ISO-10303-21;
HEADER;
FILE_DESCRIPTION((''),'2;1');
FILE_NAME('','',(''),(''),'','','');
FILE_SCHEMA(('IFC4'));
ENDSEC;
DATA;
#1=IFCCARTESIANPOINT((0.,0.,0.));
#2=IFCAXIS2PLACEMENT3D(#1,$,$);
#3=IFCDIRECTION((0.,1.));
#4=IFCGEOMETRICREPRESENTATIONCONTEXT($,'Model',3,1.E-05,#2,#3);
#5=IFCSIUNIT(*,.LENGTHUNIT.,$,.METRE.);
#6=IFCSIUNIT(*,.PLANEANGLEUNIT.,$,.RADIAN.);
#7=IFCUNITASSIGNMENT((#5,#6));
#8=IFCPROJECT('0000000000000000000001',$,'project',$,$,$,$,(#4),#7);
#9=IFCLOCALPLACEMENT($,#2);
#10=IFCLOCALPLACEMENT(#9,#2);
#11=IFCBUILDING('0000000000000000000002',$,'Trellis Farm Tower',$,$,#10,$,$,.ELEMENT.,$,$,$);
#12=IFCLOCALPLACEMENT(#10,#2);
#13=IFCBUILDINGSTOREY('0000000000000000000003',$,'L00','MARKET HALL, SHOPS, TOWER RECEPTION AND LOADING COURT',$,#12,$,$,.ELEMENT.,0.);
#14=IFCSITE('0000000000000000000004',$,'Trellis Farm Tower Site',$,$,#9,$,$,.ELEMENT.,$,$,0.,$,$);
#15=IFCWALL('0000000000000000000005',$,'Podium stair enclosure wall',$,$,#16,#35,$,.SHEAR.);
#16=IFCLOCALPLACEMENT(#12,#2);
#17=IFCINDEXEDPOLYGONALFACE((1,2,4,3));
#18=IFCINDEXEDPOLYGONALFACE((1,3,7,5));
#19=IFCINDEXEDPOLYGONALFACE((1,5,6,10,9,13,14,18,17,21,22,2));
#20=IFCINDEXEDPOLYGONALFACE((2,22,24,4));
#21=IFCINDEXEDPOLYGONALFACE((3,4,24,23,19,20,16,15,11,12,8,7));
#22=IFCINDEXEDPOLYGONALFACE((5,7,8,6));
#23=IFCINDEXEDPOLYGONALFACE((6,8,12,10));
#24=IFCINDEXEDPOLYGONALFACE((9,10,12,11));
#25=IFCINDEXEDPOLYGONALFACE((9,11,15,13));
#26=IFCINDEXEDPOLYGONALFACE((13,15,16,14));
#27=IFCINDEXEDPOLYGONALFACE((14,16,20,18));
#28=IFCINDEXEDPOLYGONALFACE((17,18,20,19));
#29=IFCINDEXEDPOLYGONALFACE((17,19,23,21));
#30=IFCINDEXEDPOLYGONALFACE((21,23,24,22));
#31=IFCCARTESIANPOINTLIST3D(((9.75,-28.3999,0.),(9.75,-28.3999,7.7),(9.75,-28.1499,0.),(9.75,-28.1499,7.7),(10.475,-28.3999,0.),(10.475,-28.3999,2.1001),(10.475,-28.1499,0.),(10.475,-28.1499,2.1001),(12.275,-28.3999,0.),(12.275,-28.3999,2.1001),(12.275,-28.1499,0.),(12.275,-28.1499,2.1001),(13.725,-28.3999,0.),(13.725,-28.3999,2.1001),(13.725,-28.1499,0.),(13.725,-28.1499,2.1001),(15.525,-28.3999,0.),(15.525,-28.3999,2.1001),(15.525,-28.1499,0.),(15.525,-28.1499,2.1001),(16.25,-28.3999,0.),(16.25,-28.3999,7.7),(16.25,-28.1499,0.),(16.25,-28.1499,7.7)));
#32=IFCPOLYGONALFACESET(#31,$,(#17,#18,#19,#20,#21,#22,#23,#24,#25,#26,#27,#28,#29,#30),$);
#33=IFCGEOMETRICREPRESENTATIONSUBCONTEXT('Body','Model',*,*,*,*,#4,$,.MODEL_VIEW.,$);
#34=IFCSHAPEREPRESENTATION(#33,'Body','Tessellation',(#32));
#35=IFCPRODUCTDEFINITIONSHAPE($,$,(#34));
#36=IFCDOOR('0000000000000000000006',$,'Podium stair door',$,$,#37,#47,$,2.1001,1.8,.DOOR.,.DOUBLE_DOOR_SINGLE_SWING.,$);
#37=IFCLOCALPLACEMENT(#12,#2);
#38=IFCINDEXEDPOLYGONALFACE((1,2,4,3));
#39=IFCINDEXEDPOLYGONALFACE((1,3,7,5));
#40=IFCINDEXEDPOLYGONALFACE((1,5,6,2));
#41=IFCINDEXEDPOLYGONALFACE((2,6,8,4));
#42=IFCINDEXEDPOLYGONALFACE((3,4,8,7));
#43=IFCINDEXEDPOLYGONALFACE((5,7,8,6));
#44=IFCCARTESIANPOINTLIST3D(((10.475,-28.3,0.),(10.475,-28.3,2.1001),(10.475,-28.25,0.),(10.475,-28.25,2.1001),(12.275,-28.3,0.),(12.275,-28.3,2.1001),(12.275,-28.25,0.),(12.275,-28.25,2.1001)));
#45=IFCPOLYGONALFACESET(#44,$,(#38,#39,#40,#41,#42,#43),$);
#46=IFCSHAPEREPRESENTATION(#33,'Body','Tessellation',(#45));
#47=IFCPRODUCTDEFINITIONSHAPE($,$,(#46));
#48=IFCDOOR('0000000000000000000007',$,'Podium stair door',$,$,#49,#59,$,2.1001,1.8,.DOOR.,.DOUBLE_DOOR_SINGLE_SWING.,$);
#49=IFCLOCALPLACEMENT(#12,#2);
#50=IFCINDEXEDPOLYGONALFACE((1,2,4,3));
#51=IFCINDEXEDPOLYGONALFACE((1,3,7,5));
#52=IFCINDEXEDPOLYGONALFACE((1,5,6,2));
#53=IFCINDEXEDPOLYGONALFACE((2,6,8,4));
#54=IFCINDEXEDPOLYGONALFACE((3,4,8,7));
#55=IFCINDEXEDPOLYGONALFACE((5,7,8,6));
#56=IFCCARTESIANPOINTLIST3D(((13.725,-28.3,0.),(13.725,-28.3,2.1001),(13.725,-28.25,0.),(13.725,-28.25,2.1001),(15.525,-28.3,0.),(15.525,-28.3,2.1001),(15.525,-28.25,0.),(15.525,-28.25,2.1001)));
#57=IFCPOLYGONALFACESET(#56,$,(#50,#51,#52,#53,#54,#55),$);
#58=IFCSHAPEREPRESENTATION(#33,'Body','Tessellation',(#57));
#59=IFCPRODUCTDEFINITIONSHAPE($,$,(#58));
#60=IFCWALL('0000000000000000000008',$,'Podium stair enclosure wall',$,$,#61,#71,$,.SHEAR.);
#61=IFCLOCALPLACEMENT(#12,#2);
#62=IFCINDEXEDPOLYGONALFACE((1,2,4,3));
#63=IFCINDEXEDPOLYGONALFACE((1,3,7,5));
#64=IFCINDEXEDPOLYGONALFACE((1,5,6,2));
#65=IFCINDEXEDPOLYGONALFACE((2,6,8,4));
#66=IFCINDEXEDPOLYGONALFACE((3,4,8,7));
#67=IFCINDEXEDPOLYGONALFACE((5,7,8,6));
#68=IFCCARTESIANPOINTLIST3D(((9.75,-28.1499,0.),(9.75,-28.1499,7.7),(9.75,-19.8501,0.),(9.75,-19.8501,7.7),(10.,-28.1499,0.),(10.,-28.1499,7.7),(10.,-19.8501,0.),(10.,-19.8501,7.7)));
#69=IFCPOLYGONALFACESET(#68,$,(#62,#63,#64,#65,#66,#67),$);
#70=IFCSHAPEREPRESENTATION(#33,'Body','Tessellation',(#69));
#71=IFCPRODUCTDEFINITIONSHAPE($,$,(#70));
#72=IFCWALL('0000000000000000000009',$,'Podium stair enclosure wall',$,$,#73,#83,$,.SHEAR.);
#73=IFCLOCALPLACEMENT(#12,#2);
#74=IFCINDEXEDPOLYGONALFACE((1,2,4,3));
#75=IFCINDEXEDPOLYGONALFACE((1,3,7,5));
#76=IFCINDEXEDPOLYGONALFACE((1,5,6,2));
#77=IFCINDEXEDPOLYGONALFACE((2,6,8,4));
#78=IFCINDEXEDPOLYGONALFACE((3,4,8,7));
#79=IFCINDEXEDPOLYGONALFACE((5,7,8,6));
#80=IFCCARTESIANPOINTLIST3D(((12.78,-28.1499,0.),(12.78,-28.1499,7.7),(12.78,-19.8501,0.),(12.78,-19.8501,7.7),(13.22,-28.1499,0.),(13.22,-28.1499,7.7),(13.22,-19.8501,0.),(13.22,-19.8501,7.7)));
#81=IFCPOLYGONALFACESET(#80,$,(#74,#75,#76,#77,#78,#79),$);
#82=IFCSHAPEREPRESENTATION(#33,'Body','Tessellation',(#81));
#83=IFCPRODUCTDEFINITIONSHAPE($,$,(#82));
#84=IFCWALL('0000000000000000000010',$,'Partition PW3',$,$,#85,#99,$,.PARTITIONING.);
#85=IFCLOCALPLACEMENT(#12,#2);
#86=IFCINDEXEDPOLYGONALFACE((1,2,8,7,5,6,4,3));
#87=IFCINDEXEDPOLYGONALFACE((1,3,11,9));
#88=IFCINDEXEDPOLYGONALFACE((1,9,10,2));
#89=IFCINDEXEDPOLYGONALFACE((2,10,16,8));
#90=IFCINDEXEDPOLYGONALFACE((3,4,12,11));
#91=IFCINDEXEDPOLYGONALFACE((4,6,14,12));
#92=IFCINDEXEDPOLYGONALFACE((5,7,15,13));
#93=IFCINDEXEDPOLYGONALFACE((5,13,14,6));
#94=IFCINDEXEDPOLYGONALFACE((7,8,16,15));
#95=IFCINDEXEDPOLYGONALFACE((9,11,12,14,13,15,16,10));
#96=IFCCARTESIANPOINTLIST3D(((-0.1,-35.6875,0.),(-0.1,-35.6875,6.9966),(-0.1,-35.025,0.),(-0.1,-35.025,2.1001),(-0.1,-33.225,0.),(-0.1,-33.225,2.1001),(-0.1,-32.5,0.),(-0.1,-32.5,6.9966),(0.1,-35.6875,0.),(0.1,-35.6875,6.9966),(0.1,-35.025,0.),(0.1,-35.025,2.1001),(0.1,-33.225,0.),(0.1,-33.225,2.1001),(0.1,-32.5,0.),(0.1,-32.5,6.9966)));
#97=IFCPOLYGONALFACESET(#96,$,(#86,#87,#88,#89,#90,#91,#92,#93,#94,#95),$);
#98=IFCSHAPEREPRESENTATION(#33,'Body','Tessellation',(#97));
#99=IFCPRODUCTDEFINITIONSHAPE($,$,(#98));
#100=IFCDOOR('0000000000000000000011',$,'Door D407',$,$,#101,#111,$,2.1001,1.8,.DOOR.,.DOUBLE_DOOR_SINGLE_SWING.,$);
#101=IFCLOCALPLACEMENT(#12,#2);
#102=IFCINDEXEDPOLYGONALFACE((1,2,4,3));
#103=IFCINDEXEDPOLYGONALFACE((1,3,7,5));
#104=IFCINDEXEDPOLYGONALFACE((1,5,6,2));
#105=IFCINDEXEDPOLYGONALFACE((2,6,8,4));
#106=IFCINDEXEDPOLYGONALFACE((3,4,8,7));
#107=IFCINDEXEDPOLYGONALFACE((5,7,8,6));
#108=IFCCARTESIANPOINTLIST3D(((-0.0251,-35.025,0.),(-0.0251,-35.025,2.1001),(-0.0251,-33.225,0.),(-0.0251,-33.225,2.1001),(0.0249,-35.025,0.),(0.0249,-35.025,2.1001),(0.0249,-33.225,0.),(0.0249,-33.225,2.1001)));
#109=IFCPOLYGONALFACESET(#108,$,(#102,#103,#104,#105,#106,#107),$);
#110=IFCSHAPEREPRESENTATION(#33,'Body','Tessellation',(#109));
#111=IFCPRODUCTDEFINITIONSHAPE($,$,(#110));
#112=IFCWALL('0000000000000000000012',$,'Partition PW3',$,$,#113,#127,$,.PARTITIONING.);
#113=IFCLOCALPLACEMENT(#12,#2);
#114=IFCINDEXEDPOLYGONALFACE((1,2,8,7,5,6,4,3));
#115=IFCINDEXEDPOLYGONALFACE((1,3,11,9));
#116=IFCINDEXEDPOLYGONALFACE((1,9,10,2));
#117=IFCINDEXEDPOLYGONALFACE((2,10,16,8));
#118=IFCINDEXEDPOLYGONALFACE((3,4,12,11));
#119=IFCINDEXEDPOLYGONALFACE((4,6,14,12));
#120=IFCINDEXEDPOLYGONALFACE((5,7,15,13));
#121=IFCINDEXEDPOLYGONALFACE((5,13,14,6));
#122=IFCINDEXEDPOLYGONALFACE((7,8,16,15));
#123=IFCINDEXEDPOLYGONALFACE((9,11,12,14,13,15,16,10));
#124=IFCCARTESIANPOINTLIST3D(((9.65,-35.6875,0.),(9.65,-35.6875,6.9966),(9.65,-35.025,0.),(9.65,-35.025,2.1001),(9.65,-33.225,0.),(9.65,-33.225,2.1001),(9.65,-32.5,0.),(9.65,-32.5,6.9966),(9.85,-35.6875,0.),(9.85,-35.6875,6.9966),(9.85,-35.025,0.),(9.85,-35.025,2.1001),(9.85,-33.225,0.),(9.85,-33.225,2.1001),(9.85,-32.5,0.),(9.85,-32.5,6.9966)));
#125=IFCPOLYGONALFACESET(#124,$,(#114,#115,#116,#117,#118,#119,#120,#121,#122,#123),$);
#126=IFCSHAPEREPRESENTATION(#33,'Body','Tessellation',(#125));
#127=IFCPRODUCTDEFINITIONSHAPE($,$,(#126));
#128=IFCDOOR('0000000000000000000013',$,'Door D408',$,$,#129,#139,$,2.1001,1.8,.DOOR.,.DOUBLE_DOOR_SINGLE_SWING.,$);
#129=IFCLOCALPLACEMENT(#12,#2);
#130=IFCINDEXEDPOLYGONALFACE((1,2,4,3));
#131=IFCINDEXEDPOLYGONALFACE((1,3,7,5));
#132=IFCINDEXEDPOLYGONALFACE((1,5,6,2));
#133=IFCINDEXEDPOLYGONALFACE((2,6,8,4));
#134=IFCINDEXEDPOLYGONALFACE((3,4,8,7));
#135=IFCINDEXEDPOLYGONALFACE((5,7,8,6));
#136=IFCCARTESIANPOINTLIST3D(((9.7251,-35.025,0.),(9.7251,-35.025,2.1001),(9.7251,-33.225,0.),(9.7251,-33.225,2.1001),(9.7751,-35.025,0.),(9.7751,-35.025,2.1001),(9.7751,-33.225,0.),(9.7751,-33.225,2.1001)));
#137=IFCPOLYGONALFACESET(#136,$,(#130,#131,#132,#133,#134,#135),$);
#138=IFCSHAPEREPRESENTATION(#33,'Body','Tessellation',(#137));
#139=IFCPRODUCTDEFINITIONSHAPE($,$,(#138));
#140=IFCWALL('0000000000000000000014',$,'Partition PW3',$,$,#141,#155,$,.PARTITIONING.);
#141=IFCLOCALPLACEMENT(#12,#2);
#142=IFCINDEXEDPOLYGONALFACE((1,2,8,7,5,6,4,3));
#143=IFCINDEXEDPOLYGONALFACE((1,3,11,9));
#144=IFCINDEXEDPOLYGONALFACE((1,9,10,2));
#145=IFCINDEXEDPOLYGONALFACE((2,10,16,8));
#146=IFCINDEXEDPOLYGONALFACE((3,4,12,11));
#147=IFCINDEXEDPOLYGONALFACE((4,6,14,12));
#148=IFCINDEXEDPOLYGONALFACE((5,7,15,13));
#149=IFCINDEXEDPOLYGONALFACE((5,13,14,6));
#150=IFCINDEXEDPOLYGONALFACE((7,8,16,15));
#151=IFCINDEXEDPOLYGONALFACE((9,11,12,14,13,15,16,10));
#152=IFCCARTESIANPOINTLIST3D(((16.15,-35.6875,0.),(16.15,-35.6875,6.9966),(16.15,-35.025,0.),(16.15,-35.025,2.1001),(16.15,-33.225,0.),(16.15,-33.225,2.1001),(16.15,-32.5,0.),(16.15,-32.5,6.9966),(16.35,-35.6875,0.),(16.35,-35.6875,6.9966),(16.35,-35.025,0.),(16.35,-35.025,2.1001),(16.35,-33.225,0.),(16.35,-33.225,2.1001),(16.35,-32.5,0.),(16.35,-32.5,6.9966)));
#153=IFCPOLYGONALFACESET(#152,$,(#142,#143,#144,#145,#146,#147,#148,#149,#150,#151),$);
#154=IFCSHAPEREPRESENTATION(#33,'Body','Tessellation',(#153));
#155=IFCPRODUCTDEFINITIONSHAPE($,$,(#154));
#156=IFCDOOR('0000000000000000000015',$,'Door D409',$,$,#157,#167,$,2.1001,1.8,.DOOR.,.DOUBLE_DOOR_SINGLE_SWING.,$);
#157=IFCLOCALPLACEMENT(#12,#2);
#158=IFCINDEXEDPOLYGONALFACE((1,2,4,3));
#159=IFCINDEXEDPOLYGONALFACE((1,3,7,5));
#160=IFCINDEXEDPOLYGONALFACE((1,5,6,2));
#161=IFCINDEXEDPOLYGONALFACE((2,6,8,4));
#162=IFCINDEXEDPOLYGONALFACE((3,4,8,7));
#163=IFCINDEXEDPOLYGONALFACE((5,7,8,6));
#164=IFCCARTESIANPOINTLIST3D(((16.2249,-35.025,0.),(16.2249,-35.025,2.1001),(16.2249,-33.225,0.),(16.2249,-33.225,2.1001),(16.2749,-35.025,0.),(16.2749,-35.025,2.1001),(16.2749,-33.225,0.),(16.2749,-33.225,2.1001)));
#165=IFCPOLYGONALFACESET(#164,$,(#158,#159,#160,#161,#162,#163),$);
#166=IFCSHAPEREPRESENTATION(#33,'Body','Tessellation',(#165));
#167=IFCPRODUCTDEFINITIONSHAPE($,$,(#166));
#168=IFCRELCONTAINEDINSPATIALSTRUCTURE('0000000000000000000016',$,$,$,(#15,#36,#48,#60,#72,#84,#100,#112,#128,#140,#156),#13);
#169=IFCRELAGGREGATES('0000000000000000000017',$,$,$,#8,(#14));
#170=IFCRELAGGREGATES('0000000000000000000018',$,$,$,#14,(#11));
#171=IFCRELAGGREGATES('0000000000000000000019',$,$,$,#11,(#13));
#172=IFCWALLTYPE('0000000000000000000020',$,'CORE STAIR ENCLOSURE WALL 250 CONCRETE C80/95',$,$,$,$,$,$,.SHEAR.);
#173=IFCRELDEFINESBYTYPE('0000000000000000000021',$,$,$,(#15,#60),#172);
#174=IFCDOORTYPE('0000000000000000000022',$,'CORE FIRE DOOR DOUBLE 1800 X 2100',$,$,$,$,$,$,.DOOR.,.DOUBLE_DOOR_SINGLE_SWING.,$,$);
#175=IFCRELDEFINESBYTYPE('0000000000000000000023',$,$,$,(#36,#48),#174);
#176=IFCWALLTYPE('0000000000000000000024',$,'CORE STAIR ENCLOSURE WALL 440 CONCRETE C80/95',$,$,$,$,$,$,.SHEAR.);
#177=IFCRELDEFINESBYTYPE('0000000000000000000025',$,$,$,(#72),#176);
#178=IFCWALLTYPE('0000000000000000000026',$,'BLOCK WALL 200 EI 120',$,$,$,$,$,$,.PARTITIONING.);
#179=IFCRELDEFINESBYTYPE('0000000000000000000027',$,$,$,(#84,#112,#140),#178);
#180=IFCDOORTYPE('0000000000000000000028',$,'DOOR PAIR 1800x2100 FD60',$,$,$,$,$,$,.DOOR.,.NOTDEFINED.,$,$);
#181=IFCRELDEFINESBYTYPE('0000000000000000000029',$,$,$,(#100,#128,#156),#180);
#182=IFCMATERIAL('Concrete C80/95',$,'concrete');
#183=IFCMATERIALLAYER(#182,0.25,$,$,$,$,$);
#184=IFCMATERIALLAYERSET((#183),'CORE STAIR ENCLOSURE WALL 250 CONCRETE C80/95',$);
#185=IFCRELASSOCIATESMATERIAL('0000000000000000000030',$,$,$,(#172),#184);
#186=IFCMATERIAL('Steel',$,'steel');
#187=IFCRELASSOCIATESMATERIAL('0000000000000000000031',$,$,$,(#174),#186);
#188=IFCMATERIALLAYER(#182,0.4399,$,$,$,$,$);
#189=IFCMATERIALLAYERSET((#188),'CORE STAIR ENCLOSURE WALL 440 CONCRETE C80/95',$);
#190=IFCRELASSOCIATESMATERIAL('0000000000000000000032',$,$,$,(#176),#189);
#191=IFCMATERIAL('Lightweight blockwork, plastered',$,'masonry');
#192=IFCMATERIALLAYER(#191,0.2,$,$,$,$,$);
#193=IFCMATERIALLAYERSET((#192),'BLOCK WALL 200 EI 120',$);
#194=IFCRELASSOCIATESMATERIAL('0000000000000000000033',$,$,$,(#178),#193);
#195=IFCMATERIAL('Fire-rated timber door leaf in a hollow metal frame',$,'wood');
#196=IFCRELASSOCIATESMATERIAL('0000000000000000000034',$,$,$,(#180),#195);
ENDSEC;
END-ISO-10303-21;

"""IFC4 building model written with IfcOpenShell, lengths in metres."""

from ifc_helpers import new_model, si_unit, direction, frame, frame_2d, origin, place, context, subcontext, project, spatial, rectangle, extrude, source, transform, mapped, material, layer, layer_set, type_object, element, fill, save


model = new_model("IFC4")

# Units and contexts
model_context = context("Model", 3, precision=1e-05, world=origin(), true_north=direction((0.0, 1.0)))
body_context = subcontext(model_context, "Body", "Model", "MODEL_VIEW")
ifc_project = project(units=[si_unit("LENGTHUNIT", "METRE"), si_unit("PLANEANGLEUNIT", "RADIAN")], contexts=[model_context])

# Site, building, storey
site_placement = place(None, origin())
site = spatial("IfcSite", under=ifc_project, at=site_placement, Name="Trellis Farm Tower Site", CompositionType="ELEMENT", RefElevation=0.0)
building_placement = place(site_placement, origin())
building = spatial("IfcBuilding", under=site, at=building_placement, Name="Trellis Farm Tower", CompositionType="ELEMENT")
storey_placement = place(building_placement, origin())
storey = spatial("IfcBuildingStorey", under=building, at=storey_placement, Name="L00", Description="MARKET HALL, SHOPS, TOWER RECEPTION AND LOADING COURT", CompositionType="ELEMENT", Elevation=0.0)

# Shared definitions
ifc_material_1 = material(Name="Concrete C80/95", Category="concrete")

# Shared definitions
ifc_material_2 = material(Name="Fire-rated timber door leaf in a hollow metal frame", Category="wood")

# Wall, openings, doors
ifc_layer_1 = layer(ifc_material_1, 0.25)
ifc_layer_set_1 = layer_set([ifc_layer_1], Name="CORE STAIR ENCLOSURE WALL 250 CONCRETE C80/95")
wall_type_1 = type_object("IfcWallType", Name="CORE STAIR ENCLOSURE WALL 250 CONCRETE C80/95", PredefinedType="SHEAR", material=ifc_layer_set_1)
shared_shape_1 = source(origin(), body_context, "Body", "SweptSolid", [
    extrude(rectangle(XDim=6.5, YDim=0.25, at=frame_2d((3.25, 0.0))), origin(), (0.0, 0.0, 1.0), 7.7),
])
wall_1_placement = place(storey_placement, frame((9.75, -28.2749, 0.0), z_axis=(0.0, 0.0, 1.0), x_axis=(1.0, 0.0, 0.0)))
wall_1 = element("IfcWall", 1, at=wall_1_placement, inside=storey, type_object=wall_type_1, Name="Podium stair enclosure wall", PredefinedType="SHEAR", context=body_context, shape_type="MappedRepresentation", body=[
    mapped(shared_shape_1, transform((0.0, 0.0, 0.0))),
])
shared_shape_2 = source(origin(), body_context, "Body", "SweptSolid", [
    extrude(rectangle(XDim=1.8, YDim=2.1001, at=frame_2d((0.8999, 1.05))), frame((0.0, 0.135, 0.0), z_axis=(0.0, -1.0, 0.0), x_axis=(1.0, 0.0, 0.0)), (0.0, 0.0, 1.0), 0.27),
])
opening_1_placement = place(wall_1_placement, frame((0.7251, 0.0, 0.0)))
opening_1 = element("IfcOpeningElement", 2, at=opening_1_placement, cuts=wall_1, PredefinedType="OPENING", context=body_context, shape_type="MappedRepresentation", body=[
    mapped(shared_shape_2, transform((0.0, 0.0, 0.0))),
])
opening_2_placement = place(wall_1_placement, frame((3.9751, 0.0, 0.0)))
opening_2 = element("IfcOpeningElement", 3, at=opening_2_placement, cuts=wall_1, PredefinedType="OPENING", context=body_context, shape_type="MappedRepresentation", body=[
    mapped(shared_shape_2, transform((0.0, 0.0, 0.0))),
])
ifc_material_3 = material(Name="Steel", Category="steel")
door_type_1 = type_object("IfcDoorType", Name="CORE FIRE DOOR DOUBLE 1800 X 2100", OperationType="DOUBLE_DOOR_SINGLE_SWING", PredefinedType="DOOR", material=ifc_material_3)
shared_shape_3 = source(origin(), body_context, "Body", "SweptSolid", [
    extrude(rectangle(XDim=1.8, YDim=2.1001, at=frame_2d((0.8999, 1.05))), frame((0.0, 0.0249, 0.0), z_axis=(0.0, -1.0, 0.0), x_axis=(1.0, 0.0, 0.0)), (0.0, 0.0, 1.0), 0.05),
])
door_1_placement = place(opening_1_placement, origin())
door_1 = element("IfcDoor", 4, at=door_1_placement, inside=storey, type_object=door_type_1, Name="Podium stair door", OperationType="DOUBLE_DOOR_SINGLE_SWING", OverallHeight=2.1001, OverallWidth=1.8, PredefinedType="DOOR", context=body_context, shape_type="MappedRepresentation", body=[
    mapped(shared_shape_3, transform((0.0, 0.0, 0.0))),
])
fill(opening_1, door_1)
door_2_placement = place(opening_2_placement, origin())
door_2 = element("IfcDoor", 5, at=door_2_placement, inside=storey, type_object=door_type_1, Name="Podium stair door", OperationType="DOUBLE_DOOR_SINGLE_SWING", OverallHeight=2.1001, OverallWidth=1.8, PredefinedType="DOOR", context=body_context, shape_type="MappedRepresentation", body=[
    mapped(shared_shape_3, transform((0.0, 0.0, 0.0))),
])
fill(opening_2, door_2)

# Walls
shared_shape_4 = source(origin(), body_context, "Body", "SweptSolid", [
    extrude(rectangle(XDim=8.2998, YDim=0.25, at=frame_2d((4.1499, 0.0))), origin(), (0.0, 0.0, 1.0), 7.7),
])
wall_2_placement = place(storey_placement, frame((9.875, -28.1499, 0.0), z_axis=(0.0, 0.0, 1.0), x_axis=(0.0, 1.0, 0.0)))
element("IfcWall", 6, at=wall_2_placement, inside=storey, type_object=wall_type_1, Name="Podium stair enclosure wall", PredefinedType="SHEAR", context=body_context, shape_type="MappedRepresentation", body=[
    mapped(shared_shape_4, transform((0.0, 0.0, 0.0))),
])
ifc_layer_2 = layer(ifc_material_1, 0.4399)
ifc_layer_set_2 = layer_set([ifc_layer_2], Name="CORE STAIR ENCLOSURE WALL 440 CONCRETE C80/95")
wall_type_2 = type_object("IfcWallType", Name="CORE STAIR ENCLOSURE WALL 440 CONCRETE C80/95", PredefinedType="SHEAR", material=ifc_layer_set_2)
shared_shape_5 = source(origin(), body_context, "Body", "SweptSolid", [
    extrude(rectangle(XDim=8.2998, YDim=0.4399, at=frame_2d((4.1499, 0.0))), origin(), (0.0, 0.0, 1.0), 7.7),
])
wall_3_placement = place(storey_placement, frame((13.0, -28.1499, 0.0), z_axis=(0.0, 0.0, 1.0), x_axis=(0.0, 1.0, 0.0)))
element("IfcWall", 7, at=wall_3_placement, inside=storey, type_object=wall_type_2, Name="Podium stair enclosure wall", PredefinedType="SHEAR", context=body_context, shape_type="MappedRepresentation", body=[
    mapped(shared_shape_5, transform((0.0, 0.0, 0.0))),
])

# Walls, openings, doors
ifc_material_4 = material(Name="Lightweight blockwork, plastered", Category="masonry")
ifc_layer_3 = layer(ifc_material_4, 0.2)
ifc_layer_set_3 = layer_set([ifc_layer_3], Name="BLOCK WALL 200 EI 120")
wall_type_3 = type_object("IfcWallType", Name="BLOCK WALL 200 EI 120", PredefinedType="PARTITIONING", material=ifc_layer_set_3)
shared_shape_6 = source(origin(), body_context, "Body", "SweptSolid", [
    extrude(rectangle(XDim=3.1875, YDim=0.2, at=frame_2d((1.5938, 0.0))), origin(), (0.0, 0.0, 1.0), 6.9966),
])
wall_4_placement = place(storey_placement, frame((0.0, -32.5, 0.0), z_axis=(0.0, 0.0, 1.0), x_axis=(0.0, -1.0, 0.0)))
wall_4 = element("IfcWall", 8, at=wall_4_placement, inside=storey, type_object=wall_type_3, Name="Partition PW3", PredefinedType="PARTITIONING", context=body_context, shape_type="MappedRepresentation", body=[
    mapped(shared_shape_6, transform((0.0, 0.0, 0.0))),
])
shared_shape_7 = source(origin(), body_context, "Body", "SweptSolid", [
    extrude(rectangle(XDim=1.8, YDim=2.1001, at=frame_2d((0.8999, 1.05))), frame((0.0, 0.1101, 0.0), z_axis=(0.0, -1.0, 0.0), x_axis=(1.0, 0.0, 0.0)), (0.0, 0.0, 1.0), 0.2202),
])
opening_3_placement = place(wall_4_placement, frame((0.7251, 0.0, 0.0)))
opening_3 = element("IfcOpeningElement", 9, at=opening_3_placement, cuts=wall_4, PredefinedType="OPENING", context=body_context, shape_type="MappedRepresentation", body=[
    mapped(shared_shape_7, transform((0.0, 0.0, 0.0))),
])
door_type_2 = type_object("IfcDoorType", Name="DOOR PAIR 1800x2100 FD60", OperationType="NOTDEFINED", PredefinedType="DOOR", material=ifc_material_2)
door_3_placement = place(opening_3_placement, origin())
door_3 = element("IfcDoor", 10, at=door_3_placement, inside=storey, type_object=door_type_2, Name="Door D407", OperationType="DOUBLE_DOOR_SINGLE_SWING", OverallHeight=2.1001, OverallWidth=1.8, PredefinedType="DOOR", context=body_context, shape_type="MappedRepresentation", body=[
    mapped(shared_shape_3, transform((0.0, 0.0, 0.0))),
])
fill(opening_3, door_3)
wall_5_placement = place(storey_placement, frame((9.75, -35.6875, 0.0), z_axis=(0.0, 0.0, 1.0), x_axis=(0.0, 1.0, 0.0)))
wall_5 = element("IfcWall", 11, at=wall_5_placement, inside=storey, type_object=wall_type_3, Name="Partition PW3", PredefinedType="PARTITIONING", context=body_context, shape_type="MappedRepresentation", body=[
    mapped(shared_shape_6, transform((0.0, 0.0, 0.0))),
])
opening_4_placement = place(wall_5_placement, frame((0.6626, 0.0, 0.0)))
opening_4 = element("IfcOpeningElement", 12, at=opening_4_placement, cuts=wall_5, PredefinedType="OPENING", context=body_context, shape_type="MappedRepresentation", body=[
    mapped(shared_shape_7, transform((0.0, 0.0, 0.0))),
])
door_4_placement = place(opening_4_placement, origin())
door_4 = element("IfcDoor", 13, at=door_4_placement, inside=storey, type_object=door_type_2, Name="Door D408", OperationType="DOUBLE_DOOR_SINGLE_SWING", OverallHeight=2.1001, OverallWidth=1.8, PredefinedType="DOOR", context=body_context, shape_type="MappedRepresentation", body=[
    mapped(shared_shape_3, transform((0.0, 0.0, 0.0))),
])
fill(opening_4, door_4)
wall_6_placement = place(storey_placement, frame((16.25, -32.5, 0.0), z_axis=(0.0, 0.0, 1.0), x_axis=(0.0, -1.0, 0.0)))
wall_6 = element("IfcWall", 14, at=wall_6_placement, inside=storey, type_object=wall_type_3, Name="Partition PW3", PredefinedType="PARTITIONING", context=body_context, shape_type="MappedRepresentation", body=[
    mapped(shared_shape_6, transform((0.0, 0.0, 0.0))),
])
opening_5_placement = place(wall_6_placement, frame((0.7251, 0.0, 0.0)))
opening_5 = element("IfcOpeningElement", 15, at=opening_5_placement, cuts=wall_6, PredefinedType="OPENING", context=body_context, shape_type="MappedRepresentation", body=[
    mapped(shared_shape_7, transform((0.0, 0.0, 0.0))),
])
door_5_placement = place(opening_5_placement, origin())
door_5 = element("IfcDoor", 16, at=door_5_placement, inside=storey, type_object=door_type_2, Name="Door D409", OperationType="DOUBLE_DOOR_SINGLE_SWING", OverallHeight=2.1001, OverallWidth=1.8, PredefinedType="DOOR", context=body_context, shape_type="MappedRepresentation", body=[
    mapped(shared_shape_3, transform((0.0, 0.0, 0.0))),
])
fill(opening_5, door_5)

save(model, "model.ifc")
